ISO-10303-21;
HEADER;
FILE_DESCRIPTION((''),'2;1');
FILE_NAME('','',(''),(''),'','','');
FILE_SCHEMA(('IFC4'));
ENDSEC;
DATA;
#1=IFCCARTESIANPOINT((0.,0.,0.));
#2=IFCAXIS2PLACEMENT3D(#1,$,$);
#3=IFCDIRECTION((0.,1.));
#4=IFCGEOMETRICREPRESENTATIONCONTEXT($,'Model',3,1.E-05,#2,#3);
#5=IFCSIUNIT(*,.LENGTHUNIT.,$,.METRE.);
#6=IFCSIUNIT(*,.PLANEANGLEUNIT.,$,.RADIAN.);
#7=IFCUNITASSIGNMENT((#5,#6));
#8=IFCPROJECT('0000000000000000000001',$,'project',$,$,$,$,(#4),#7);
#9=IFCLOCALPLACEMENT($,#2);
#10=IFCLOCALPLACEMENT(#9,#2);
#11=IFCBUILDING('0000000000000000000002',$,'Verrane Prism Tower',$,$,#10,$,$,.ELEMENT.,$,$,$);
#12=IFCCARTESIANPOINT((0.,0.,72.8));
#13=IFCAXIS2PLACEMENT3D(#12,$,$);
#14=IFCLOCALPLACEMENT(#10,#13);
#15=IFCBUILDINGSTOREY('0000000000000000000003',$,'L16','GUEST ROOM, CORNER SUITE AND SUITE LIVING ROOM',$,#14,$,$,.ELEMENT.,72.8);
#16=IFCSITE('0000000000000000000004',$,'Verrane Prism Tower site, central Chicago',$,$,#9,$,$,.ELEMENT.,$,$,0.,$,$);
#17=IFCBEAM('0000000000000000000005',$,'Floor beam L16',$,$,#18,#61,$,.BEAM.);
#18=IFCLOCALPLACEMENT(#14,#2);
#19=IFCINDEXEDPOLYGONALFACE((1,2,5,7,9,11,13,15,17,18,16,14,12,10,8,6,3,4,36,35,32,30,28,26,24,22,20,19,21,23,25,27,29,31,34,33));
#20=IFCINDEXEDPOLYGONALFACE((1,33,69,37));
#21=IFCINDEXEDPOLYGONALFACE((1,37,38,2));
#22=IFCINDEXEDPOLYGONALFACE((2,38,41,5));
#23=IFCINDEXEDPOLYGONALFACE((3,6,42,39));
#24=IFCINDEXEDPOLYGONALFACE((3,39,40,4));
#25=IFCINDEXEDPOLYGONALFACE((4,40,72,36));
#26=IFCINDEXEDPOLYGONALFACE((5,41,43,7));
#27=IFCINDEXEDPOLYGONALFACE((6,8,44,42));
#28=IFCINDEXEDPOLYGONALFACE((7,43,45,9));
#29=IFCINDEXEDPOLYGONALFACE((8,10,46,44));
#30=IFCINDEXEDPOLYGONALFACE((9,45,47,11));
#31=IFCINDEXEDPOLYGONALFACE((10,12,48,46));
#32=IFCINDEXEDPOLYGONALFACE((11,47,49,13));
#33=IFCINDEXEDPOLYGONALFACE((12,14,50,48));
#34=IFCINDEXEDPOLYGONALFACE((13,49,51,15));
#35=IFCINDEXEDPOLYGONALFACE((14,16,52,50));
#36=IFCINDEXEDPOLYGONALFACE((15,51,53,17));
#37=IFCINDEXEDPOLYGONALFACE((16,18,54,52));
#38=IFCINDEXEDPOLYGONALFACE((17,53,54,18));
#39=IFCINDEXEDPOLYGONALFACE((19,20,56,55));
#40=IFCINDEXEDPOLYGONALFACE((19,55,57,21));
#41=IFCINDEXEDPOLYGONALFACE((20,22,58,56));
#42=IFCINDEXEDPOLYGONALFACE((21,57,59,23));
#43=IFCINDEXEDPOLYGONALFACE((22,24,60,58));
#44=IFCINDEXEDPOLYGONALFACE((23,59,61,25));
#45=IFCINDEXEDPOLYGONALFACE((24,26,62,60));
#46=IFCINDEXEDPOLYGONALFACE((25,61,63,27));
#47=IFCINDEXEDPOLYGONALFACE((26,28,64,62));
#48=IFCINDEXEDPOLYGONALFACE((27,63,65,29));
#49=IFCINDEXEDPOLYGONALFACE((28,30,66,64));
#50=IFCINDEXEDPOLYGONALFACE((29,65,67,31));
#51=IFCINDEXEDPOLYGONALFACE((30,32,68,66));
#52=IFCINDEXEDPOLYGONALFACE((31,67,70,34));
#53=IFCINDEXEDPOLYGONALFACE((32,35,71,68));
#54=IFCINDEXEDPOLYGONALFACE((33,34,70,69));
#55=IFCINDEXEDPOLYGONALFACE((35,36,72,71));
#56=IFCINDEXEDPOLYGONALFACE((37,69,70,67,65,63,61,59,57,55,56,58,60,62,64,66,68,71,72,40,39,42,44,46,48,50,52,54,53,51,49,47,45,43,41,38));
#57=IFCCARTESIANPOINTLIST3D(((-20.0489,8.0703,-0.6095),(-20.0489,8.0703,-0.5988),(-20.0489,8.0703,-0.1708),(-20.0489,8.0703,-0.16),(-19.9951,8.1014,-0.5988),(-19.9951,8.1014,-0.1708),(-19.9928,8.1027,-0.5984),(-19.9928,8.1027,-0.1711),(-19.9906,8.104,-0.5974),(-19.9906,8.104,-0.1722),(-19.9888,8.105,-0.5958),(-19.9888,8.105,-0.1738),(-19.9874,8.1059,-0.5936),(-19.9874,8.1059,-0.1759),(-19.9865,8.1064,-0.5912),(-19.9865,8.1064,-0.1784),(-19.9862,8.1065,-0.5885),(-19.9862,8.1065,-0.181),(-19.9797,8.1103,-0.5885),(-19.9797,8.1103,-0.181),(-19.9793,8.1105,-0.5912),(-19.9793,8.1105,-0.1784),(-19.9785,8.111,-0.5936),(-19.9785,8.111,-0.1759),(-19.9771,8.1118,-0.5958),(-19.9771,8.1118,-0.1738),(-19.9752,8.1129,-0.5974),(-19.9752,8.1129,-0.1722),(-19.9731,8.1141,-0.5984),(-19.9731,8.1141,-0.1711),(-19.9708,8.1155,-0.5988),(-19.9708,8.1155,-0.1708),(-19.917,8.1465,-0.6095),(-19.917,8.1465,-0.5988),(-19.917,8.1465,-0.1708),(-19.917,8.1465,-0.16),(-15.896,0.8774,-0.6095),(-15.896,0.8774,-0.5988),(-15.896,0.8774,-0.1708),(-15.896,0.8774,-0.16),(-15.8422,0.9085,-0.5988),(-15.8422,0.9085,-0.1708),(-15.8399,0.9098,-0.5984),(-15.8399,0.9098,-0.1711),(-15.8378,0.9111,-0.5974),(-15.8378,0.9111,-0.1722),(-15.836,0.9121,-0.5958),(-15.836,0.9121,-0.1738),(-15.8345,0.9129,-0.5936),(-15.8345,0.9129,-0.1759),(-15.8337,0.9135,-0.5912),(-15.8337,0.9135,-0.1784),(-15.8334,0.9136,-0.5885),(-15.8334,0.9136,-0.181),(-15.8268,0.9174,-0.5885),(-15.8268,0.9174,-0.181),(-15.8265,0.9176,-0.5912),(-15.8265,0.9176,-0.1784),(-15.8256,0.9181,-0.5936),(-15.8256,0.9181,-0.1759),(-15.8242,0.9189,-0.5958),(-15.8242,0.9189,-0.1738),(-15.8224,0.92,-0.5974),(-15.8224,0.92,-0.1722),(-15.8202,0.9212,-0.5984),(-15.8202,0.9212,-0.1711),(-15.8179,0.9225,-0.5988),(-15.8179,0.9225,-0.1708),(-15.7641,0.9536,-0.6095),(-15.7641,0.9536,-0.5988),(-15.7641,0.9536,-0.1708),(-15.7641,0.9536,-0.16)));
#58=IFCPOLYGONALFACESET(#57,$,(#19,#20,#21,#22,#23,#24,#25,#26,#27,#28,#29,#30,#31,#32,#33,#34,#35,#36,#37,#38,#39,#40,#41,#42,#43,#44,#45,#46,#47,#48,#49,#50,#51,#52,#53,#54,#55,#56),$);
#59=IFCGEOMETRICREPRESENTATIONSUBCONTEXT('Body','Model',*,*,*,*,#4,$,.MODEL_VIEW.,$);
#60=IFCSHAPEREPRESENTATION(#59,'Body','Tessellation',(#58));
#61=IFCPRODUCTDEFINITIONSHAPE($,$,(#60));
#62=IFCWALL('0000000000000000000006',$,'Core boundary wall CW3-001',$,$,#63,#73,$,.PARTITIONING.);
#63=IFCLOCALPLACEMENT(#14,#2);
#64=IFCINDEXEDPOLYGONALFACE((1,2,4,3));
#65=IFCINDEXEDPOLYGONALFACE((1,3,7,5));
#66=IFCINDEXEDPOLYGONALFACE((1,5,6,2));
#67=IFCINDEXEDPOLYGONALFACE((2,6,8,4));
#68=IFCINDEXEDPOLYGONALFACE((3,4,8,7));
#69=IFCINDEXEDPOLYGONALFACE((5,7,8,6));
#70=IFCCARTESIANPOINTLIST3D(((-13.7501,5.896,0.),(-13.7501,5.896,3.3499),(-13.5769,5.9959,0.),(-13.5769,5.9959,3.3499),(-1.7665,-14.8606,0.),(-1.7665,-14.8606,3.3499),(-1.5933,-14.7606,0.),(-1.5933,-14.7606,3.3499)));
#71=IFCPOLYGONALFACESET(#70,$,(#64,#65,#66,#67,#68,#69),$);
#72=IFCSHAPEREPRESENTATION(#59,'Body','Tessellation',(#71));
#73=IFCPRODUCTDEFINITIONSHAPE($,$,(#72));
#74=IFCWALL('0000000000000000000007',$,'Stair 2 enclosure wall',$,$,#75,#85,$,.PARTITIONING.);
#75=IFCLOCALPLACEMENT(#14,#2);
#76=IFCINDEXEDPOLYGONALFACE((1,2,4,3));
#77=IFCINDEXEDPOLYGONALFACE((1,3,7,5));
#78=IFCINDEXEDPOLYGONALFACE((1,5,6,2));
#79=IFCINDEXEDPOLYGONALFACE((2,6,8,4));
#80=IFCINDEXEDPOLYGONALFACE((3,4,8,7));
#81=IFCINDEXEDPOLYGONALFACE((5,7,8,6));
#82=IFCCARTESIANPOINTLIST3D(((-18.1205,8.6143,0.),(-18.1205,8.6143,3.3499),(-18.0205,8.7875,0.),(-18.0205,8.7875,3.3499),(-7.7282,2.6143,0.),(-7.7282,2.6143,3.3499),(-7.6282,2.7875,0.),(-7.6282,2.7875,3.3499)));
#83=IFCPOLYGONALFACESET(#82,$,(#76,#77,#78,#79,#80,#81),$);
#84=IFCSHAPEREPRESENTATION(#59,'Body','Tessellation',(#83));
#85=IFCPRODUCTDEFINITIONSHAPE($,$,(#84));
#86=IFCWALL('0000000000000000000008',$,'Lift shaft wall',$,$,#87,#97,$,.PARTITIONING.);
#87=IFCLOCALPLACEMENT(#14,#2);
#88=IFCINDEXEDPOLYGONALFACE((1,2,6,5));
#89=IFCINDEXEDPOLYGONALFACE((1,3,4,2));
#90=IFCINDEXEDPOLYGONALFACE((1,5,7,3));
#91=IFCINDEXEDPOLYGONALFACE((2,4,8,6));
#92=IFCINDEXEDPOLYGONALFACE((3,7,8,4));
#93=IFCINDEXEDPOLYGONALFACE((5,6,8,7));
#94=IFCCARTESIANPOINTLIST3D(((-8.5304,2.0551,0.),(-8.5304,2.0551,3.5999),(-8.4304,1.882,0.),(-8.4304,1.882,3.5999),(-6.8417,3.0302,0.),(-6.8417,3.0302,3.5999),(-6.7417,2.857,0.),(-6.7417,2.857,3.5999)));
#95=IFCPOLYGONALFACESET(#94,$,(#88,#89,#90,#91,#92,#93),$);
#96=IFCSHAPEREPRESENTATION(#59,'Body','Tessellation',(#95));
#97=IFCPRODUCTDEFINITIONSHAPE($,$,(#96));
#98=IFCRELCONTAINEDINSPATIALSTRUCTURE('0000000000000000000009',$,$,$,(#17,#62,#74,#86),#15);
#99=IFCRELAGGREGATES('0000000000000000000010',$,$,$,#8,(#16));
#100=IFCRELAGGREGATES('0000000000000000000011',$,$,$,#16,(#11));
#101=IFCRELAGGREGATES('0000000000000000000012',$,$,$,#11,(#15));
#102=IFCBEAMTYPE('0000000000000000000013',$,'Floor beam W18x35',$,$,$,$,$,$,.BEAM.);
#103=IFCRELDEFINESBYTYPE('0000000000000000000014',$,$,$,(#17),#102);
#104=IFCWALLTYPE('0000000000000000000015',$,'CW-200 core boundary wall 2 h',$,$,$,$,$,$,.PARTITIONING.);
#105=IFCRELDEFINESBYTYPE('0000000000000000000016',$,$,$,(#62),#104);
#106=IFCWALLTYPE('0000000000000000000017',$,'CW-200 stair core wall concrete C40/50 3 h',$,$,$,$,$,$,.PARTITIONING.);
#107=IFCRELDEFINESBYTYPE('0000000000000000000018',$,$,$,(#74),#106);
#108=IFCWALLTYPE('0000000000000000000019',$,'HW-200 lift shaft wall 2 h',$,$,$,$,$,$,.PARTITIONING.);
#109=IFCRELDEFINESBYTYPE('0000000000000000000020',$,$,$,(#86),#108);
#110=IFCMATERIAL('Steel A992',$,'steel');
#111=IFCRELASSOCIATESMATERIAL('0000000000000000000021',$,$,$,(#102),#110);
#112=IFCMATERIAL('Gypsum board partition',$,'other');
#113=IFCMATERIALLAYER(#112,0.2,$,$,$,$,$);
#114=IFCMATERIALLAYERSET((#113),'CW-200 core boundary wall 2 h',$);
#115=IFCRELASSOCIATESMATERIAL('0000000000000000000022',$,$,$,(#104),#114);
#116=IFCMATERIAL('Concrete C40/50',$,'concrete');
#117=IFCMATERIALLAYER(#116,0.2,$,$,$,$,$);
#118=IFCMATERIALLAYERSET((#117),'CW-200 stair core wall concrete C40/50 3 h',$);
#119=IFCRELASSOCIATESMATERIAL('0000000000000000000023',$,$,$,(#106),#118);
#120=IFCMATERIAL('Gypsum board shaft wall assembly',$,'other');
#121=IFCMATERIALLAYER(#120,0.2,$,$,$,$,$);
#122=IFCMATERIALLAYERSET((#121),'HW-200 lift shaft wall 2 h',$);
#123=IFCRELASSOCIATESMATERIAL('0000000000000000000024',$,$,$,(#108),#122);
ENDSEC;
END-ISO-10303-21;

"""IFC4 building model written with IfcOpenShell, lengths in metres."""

from ifc_helpers import new_model, si_unit, direction, frame, frame_2d, origin, origin_2d, place, context, subcontext, project, spatial, rectangle, i_section, extrude, material, layer, layer_set, material_profile, profile_set, type_object, element, save


model = new_model("IFC4")

# Units and contexts
model_context = context("Model", 3, precision=1e-05, world=origin(), true_north=direction((0.0, 1.0)))
body_context = subcontext(model_context, "Body", "Model", "MODEL_VIEW")
ifc_project = project(units=[si_unit("LENGTHUNIT", "METRE"), si_unit("PLANEANGLEUNIT", "RADIAN")], contexts=[model_context])

# Site, building, storey
site_placement = place(None, origin())
site = spatial("IfcSite", under=ifc_project, at=site_placement, Name="Verrane Prism Tower site, central Chicago", CompositionType="ELEMENT", RefElevation=0.0)
building_placement = place(site_placement, origin())
building = spatial("IfcBuilding", under=site, at=building_placement, Name="Verrane Prism Tower", CompositionType="ELEMENT")
storey_placement = place(building_placement, frame((0.0, 0.0, 72.8)))
storey = spatial("IfcBuildingStorey", under=building, at=storey_placement, Name="L16", Description="GUEST ROOM, CORNER SUITE AND SUITE LIVING ROOM", CompositionType="ELEMENT", Elevation=72.8)

# Beam
ifc_material_1 = material(Name="Steel A992", Category="steel")
ifc_material_profile_1 = material_profile(ifc_material_1, i_section(OverallWidth=0.1523, OverallDepth=0.4495, WebThickness=0.0076, FlangeThickness=0.0107, FilletRadius=0.0103, at=origin_2d()), Name="W18x35")
ifc_profile_set_1 = profile_set([ifc_material_profile_1], Name="Steel A992")
beam_type_1 = type_object("IfcBeamType", Name="Floor beam W18x35", PredefinedType="BEAM", material=ifc_profile_set_1)
beam_1_placement = place(storey_placement, frame((-15.8301, 0.9155, -0.3848), z_axis=(-0.500002, 0.866024, 0.0), x_axis=(-0.866024, -0.500002, 0.0)))
element("IfcBeam", 1, at=beam_1_placement, inside=storey, type_object=beam_type_1, Name="Floor beam L16", PredefinedType="BEAM", context=body_context, shape_type="SweptSolid", body=[
    extrude(i_section(OverallWidth=0.1523, OverallDepth=0.4495, WebThickness=0.0076, FlangeThickness=0.0107, FilletRadius=0.0103, at=origin_2d()), origin(), (0.0, 0.0, 1.0), 8.3057),
])

# Walls
ifc_material_2 = material(Name="Gypsum board partition", Category="other")
ifc_layer_1 = layer(ifc_material_2, 0.2)
ifc_layer_set_1 = layer_set([ifc_layer_1], Name="CW-200 core boundary wall 2 h")
wall_type_1 = type_object("IfcWallType", Name="CW-200 core boundary wall 2 h", PredefinedType="PARTITIONING", material=ifc_layer_set_1)
wall_1_placement = place(storey_placement, frame((-13.6636, 5.946, 0.0), z_axis=(0.0, 0.0, 1.0), x_axis=(0.499994, -0.866029, 0.0)))
element("IfcWall", 2, at=wall_1_placement, inside=storey, type_object=wall_type_1, Name="Core boundary wall CW3-001", PredefinedType="PARTITIONING", context=body_context, shape_type="SweptSolid", body=[
    extrude(rectangle(XDim=23.9675, YDim=0.2, at=frame_2d((11.9839, 0.0))), origin(), (0.0, 0.0, 1.0), 3.3499),
])
ifc_material_3 = material(Name="Concrete C40/50", Category="concrete")
ifc_layer_2 = layer(ifc_material_3, 0.2)
ifc_layer_set_2 = layer_set([ifc_layer_2], Name="CW-200 stair core wall concrete C40/50 3 h")
wall_type_2 = type_object("IfcWallType", Name="CW-200 stair core wall concrete C40/50 3 h", PredefinedType="PARTITIONING", material=ifc_layer_set_2)
wall_2_placement = place(storey_placement, frame((-7.6782, 2.7009, 0.0), z_axis=(0.0, 0.0, 1.0), x_axis=(-0.866026, 0.499999, 0.0)))
element("IfcWall", 3, at=wall_2_placement, inside=storey, type_object=wall_type_2, Name="Stair 2 enclosure wall", PredefinedType="PARTITIONING", context=body_context, shape_type="SweptSolid", body=[
    extrude(rectangle(XDim=12.0, YDim=0.2, at=frame_2d((6.0, 0.0))), origin(), (0.0, 0.0, 1.0), 3.3499),
])
ifc_material_4 = material(Name="Gypsum board shaft wall assembly", Category="other")
ifc_layer_3 = layer(ifc_material_4, 0.2)
ifc_layer_set_3 = layer_set([ifc_layer_3], Name="HW-200 lift shaft wall 2 h")
wall_type_3 = type_object("IfcWallType", Name="HW-200 lift shaft wall 2 h", PredefinedType="PARTITIONING", material=ifc_layer_set_3)
wall_3_placement = place(storey_placement, frame((-8.4805, 1.9685, 0.0), z_axis=(0.0, 0.0, 1.0), x_axis=(0.866, 0.500044, 0.0)))
element("IfcWall", 4, at=wall_3_placement, inside=storey, type_object=wall_type_3, Name="Lift shaft wall", PredefinedType="PARTITIONING", context=body_context, shape_type="SweptSolid", body=[
    extrude(rectangle(XDim=1.95, YDim=0.2, at=frame_2d((0.9751, 0.0))), origin(), (0.0, 0.0, 1.0), 3.5999),
])

save(model, "model.ifc")
